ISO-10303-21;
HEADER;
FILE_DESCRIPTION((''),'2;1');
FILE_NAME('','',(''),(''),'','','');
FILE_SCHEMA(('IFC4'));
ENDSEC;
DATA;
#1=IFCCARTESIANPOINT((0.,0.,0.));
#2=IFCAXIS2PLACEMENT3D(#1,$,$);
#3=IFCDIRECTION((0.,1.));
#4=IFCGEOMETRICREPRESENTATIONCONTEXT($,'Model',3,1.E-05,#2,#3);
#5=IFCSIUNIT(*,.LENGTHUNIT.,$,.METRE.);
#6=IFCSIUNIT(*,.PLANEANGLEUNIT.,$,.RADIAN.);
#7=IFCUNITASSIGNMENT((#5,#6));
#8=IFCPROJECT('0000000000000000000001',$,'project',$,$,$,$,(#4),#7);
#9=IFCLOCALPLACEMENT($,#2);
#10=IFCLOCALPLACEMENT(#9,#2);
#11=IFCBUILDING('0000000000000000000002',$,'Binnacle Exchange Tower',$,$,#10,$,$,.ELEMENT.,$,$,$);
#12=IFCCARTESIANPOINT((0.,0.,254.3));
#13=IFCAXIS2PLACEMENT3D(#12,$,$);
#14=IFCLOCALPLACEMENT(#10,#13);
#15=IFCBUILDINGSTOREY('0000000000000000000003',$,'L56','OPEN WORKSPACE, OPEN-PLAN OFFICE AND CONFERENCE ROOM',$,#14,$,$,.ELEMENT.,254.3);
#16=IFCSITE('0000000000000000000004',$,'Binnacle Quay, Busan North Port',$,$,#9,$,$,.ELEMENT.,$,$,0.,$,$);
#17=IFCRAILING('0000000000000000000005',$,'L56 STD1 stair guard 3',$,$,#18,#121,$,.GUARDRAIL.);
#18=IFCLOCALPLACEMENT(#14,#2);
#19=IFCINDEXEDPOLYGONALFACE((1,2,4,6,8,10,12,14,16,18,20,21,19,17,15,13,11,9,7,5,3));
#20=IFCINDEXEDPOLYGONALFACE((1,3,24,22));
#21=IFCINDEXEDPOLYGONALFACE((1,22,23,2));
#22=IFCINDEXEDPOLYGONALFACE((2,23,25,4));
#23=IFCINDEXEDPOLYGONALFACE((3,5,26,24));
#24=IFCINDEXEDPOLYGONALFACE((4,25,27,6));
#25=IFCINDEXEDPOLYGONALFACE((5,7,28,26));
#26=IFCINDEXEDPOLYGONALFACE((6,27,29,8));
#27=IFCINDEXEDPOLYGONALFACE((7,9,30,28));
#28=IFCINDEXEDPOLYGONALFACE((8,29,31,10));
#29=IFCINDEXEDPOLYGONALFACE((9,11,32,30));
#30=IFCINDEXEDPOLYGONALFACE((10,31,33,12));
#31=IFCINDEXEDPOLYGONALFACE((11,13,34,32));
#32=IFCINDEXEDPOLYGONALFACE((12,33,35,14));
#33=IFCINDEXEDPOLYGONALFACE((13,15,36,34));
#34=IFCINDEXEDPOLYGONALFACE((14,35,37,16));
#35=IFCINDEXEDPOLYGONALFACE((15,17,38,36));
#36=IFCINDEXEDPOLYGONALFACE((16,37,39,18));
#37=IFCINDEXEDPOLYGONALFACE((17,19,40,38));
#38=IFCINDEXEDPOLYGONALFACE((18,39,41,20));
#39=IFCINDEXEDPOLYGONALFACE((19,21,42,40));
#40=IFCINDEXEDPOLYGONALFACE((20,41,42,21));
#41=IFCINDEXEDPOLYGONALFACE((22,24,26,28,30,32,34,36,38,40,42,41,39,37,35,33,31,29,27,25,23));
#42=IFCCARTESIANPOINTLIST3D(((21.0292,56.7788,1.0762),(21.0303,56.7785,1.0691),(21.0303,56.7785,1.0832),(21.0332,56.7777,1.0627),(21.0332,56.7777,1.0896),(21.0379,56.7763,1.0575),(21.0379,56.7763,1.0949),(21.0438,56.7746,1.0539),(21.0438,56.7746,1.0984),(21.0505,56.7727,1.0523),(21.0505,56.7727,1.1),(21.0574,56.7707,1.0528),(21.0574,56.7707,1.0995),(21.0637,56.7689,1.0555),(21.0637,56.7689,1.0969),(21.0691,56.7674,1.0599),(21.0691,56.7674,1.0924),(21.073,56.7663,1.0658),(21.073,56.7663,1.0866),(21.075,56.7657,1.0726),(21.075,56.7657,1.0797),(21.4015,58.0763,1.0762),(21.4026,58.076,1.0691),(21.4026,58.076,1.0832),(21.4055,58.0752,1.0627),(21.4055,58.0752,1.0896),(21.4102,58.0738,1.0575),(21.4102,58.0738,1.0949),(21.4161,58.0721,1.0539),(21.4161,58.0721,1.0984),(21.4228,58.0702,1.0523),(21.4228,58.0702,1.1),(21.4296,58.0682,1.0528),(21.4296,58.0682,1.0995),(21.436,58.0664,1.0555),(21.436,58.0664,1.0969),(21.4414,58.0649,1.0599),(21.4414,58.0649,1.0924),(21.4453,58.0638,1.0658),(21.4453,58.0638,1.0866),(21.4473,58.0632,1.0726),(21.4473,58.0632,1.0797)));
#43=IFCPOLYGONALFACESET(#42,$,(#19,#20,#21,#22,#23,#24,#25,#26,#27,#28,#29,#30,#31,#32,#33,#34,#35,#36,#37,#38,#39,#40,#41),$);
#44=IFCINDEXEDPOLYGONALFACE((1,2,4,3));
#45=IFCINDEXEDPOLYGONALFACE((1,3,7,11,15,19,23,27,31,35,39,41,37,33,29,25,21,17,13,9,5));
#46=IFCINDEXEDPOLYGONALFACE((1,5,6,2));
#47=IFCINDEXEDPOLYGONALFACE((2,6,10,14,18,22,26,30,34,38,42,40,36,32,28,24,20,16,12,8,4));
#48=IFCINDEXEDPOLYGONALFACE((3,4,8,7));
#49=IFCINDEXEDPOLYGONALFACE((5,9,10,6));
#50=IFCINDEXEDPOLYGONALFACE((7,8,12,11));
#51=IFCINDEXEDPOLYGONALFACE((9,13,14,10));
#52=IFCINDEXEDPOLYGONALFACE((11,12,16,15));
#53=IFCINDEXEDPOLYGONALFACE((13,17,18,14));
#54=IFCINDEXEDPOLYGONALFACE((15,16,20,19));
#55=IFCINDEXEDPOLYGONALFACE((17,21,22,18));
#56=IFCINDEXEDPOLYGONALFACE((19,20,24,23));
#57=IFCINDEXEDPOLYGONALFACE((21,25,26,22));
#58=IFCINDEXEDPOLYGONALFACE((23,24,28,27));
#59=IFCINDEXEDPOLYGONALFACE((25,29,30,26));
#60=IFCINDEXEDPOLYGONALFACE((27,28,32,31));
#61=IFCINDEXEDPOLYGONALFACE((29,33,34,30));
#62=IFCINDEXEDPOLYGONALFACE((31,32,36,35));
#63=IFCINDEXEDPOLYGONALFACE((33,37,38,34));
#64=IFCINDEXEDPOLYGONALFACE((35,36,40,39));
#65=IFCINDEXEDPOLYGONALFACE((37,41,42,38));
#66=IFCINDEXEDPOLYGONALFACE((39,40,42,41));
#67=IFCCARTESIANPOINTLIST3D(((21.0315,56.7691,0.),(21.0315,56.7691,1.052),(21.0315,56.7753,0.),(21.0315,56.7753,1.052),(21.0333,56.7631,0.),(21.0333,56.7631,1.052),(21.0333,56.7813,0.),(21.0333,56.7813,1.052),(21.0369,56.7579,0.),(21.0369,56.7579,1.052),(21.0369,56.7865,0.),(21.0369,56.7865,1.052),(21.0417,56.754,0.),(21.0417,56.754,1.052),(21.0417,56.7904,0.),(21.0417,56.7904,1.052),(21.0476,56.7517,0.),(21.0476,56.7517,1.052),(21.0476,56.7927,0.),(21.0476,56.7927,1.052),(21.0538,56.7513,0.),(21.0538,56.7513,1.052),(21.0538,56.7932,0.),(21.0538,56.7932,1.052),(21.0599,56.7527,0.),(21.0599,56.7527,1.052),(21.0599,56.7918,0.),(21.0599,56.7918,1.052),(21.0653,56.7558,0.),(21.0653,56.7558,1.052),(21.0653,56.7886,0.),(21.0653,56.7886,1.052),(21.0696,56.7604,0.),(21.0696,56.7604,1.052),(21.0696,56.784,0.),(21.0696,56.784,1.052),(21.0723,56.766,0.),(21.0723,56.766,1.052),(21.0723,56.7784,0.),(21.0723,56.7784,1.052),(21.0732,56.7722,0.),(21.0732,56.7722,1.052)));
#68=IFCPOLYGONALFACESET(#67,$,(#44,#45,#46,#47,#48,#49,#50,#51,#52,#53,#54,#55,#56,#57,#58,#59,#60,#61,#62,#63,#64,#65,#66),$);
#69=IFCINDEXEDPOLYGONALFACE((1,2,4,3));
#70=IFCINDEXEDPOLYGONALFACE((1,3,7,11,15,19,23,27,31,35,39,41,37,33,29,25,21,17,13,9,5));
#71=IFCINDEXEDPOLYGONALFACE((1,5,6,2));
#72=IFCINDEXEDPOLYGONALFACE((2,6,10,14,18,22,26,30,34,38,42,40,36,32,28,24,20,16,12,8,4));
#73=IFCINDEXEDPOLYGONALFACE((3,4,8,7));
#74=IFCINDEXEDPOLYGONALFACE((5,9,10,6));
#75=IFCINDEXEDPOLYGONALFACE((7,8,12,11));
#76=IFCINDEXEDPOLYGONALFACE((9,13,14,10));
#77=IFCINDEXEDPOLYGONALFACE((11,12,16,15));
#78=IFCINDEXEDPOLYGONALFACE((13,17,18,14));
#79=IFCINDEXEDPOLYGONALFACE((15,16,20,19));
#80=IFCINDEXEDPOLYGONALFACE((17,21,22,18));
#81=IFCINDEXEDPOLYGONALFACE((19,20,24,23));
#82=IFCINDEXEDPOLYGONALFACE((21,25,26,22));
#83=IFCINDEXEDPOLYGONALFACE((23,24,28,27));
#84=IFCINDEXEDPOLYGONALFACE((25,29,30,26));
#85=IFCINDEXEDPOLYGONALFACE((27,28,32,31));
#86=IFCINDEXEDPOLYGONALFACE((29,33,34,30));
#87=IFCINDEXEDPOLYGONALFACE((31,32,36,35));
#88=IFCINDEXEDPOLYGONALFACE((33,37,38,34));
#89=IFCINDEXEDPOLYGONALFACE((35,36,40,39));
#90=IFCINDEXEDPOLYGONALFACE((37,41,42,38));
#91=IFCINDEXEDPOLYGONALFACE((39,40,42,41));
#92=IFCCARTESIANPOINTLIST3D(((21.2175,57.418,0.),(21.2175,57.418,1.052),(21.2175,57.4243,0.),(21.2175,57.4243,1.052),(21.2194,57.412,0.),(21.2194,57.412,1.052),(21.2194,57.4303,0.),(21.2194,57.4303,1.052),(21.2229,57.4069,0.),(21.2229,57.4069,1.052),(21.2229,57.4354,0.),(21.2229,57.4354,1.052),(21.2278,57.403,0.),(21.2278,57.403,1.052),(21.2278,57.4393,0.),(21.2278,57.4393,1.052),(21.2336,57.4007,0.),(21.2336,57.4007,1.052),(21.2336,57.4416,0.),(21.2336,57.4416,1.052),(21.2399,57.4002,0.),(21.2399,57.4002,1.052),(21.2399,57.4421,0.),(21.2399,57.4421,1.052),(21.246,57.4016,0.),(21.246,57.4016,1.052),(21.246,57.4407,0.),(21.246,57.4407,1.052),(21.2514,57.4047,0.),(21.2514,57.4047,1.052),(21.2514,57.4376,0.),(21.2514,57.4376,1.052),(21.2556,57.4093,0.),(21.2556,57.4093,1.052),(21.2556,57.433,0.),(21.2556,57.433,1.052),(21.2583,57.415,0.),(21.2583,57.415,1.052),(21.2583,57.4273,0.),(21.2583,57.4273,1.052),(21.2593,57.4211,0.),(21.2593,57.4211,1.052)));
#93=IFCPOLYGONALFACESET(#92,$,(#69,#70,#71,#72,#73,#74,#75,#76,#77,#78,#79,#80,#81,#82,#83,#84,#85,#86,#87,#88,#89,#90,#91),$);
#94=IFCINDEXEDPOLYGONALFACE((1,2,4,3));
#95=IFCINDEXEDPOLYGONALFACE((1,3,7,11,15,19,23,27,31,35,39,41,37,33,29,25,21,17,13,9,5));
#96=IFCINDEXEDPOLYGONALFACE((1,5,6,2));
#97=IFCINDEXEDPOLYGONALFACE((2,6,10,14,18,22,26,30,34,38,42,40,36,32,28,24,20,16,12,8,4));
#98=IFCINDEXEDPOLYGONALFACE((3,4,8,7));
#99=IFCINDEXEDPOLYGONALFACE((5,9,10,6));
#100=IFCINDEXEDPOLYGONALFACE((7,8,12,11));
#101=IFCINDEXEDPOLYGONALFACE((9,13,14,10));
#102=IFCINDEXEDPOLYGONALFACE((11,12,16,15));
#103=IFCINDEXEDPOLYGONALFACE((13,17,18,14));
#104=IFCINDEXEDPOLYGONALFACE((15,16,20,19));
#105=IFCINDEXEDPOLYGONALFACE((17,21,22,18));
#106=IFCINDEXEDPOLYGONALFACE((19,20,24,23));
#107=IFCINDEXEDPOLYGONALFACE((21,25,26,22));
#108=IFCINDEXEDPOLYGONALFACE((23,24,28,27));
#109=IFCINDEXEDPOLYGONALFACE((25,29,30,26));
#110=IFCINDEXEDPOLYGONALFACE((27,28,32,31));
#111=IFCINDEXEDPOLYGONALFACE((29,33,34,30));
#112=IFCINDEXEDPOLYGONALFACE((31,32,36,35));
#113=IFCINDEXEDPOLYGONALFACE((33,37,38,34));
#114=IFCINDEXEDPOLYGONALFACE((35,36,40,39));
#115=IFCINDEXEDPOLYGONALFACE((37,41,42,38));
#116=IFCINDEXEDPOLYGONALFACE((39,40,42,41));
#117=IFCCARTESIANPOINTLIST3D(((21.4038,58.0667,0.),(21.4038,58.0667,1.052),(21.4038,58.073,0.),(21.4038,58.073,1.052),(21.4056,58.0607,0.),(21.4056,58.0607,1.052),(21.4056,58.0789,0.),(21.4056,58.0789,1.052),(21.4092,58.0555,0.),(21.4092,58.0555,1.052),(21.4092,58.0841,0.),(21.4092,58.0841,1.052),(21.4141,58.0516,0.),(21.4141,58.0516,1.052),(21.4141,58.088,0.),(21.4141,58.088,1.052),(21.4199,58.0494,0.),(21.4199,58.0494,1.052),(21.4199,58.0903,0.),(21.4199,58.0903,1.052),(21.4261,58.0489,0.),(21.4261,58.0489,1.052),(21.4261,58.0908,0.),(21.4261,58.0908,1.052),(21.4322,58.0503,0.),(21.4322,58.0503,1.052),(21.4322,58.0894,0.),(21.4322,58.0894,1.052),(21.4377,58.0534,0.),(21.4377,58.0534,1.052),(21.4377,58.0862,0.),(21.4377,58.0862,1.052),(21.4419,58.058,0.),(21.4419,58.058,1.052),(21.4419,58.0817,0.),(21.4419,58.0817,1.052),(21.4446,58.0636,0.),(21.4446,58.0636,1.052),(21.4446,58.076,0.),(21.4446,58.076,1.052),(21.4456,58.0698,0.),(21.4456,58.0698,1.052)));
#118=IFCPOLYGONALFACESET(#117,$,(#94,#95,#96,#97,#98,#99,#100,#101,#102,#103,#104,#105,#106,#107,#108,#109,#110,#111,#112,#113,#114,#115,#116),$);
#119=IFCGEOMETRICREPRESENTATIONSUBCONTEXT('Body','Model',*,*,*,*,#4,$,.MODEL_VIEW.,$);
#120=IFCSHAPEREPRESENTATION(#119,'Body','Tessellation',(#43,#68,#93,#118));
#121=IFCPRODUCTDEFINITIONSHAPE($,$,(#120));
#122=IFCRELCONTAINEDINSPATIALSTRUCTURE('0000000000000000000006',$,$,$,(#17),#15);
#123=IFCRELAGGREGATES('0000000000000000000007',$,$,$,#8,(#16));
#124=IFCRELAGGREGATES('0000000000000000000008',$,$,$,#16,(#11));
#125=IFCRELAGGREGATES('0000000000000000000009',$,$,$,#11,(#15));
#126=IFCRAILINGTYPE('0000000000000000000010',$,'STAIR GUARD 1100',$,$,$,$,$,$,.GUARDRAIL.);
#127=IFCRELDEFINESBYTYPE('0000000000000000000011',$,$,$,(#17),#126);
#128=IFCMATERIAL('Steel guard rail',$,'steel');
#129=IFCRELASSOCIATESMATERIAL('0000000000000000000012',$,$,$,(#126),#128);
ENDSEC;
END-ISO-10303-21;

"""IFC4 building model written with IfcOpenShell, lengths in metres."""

from ifc_helpers import new_model, si_unit, direction, frame, origin, origin_2d, place, context, subcontext, project, spatial, circle, extrude, material, type_object, element, save


model = new_model("IFC4")

# Units and contexts
model_context = context("Model", 3, precision=1e-05, world=origin(), true_north=direction((0.0, 1.0)))
body_context = subcontext(model_context, "Body", "Model", "MODEL_VIEW")
ifc_project = project(units=[si_unit("LENGTHUNIT", "METRE"), si_unit("PLANEANGLEUNIT", "RADIAN")], contexts=[model_context])

# Site, building, storey
site_placement = place(None, origin())
site = spatial("IfcSite", under=ifc_project, at=site_placement, Name="Binnacle Quay, Busan North Port", CompositionType="ELEMENT", RefElevation=0.0)
building_placement = place(site_placement, origin())
building = spatial("IfcBuilding", under=site, at=building_placement, Name="Binnacle Exchange Tower", CompositionType="ELEMENT")
storey_placement = place(building_placement, frame((0.0, 0.0, 254.3)))
storey = spatial("IfcBuildingStorey", under=building, at=storey_placement, Name="L56", Description="OPEN WORKSPACE, OPEN-PLAN OFFICE AND CONFERENCE ROOM", CompositionType="ELEMENT", Elevation=254.3)

# Railing
ifc_material_1 = material(Name="Steel guard rail", Category="steel")
railing_type = type_object("IfcRailingType", Name="STAIR GUARD 1100", PredefinedType="GUARDRAIL", material=ifc_material_1)
railing_1_placement = place(storey_placement, frame((21.0522, 56.7722, 0.0)))
element("IfcRailing", 1, at=railing_1_placement, inside=storey, type_object=railing_type, Name="L56 STD1 stair guard 3", PredefinedType="GUARDRAIL", context=body_context, shape_type="SweptSolid", body=[
    extrude(circle(Radius=0.0239, at=origin_2d()), frame((0.0, 0.0, 1.0762), z_axis=(0.275796, 0.961216, 0.0), x_axis=(-0.961216, 0.275796, 0.0)), (0.0, 0.0, 1.0), 1.3499),
    extrude(circle(Radius=0.021, at=origin_2d()), origin(), (0.0, 0.0, 1.0), 1.052),
    extrude(circle(Radius=0.021, at=origin_2d()), frame((0.186, 0.6489, 0.0)), (0.0, 0.0, 1.0), 1.052),
    extrude(circle(Radius=0.021, at=origin_2d()), frame((0.3723, 1.2976, 0.0)), (0.0, 0.0, 1.0), 1.052),
])

save(model, "model.ifc")
